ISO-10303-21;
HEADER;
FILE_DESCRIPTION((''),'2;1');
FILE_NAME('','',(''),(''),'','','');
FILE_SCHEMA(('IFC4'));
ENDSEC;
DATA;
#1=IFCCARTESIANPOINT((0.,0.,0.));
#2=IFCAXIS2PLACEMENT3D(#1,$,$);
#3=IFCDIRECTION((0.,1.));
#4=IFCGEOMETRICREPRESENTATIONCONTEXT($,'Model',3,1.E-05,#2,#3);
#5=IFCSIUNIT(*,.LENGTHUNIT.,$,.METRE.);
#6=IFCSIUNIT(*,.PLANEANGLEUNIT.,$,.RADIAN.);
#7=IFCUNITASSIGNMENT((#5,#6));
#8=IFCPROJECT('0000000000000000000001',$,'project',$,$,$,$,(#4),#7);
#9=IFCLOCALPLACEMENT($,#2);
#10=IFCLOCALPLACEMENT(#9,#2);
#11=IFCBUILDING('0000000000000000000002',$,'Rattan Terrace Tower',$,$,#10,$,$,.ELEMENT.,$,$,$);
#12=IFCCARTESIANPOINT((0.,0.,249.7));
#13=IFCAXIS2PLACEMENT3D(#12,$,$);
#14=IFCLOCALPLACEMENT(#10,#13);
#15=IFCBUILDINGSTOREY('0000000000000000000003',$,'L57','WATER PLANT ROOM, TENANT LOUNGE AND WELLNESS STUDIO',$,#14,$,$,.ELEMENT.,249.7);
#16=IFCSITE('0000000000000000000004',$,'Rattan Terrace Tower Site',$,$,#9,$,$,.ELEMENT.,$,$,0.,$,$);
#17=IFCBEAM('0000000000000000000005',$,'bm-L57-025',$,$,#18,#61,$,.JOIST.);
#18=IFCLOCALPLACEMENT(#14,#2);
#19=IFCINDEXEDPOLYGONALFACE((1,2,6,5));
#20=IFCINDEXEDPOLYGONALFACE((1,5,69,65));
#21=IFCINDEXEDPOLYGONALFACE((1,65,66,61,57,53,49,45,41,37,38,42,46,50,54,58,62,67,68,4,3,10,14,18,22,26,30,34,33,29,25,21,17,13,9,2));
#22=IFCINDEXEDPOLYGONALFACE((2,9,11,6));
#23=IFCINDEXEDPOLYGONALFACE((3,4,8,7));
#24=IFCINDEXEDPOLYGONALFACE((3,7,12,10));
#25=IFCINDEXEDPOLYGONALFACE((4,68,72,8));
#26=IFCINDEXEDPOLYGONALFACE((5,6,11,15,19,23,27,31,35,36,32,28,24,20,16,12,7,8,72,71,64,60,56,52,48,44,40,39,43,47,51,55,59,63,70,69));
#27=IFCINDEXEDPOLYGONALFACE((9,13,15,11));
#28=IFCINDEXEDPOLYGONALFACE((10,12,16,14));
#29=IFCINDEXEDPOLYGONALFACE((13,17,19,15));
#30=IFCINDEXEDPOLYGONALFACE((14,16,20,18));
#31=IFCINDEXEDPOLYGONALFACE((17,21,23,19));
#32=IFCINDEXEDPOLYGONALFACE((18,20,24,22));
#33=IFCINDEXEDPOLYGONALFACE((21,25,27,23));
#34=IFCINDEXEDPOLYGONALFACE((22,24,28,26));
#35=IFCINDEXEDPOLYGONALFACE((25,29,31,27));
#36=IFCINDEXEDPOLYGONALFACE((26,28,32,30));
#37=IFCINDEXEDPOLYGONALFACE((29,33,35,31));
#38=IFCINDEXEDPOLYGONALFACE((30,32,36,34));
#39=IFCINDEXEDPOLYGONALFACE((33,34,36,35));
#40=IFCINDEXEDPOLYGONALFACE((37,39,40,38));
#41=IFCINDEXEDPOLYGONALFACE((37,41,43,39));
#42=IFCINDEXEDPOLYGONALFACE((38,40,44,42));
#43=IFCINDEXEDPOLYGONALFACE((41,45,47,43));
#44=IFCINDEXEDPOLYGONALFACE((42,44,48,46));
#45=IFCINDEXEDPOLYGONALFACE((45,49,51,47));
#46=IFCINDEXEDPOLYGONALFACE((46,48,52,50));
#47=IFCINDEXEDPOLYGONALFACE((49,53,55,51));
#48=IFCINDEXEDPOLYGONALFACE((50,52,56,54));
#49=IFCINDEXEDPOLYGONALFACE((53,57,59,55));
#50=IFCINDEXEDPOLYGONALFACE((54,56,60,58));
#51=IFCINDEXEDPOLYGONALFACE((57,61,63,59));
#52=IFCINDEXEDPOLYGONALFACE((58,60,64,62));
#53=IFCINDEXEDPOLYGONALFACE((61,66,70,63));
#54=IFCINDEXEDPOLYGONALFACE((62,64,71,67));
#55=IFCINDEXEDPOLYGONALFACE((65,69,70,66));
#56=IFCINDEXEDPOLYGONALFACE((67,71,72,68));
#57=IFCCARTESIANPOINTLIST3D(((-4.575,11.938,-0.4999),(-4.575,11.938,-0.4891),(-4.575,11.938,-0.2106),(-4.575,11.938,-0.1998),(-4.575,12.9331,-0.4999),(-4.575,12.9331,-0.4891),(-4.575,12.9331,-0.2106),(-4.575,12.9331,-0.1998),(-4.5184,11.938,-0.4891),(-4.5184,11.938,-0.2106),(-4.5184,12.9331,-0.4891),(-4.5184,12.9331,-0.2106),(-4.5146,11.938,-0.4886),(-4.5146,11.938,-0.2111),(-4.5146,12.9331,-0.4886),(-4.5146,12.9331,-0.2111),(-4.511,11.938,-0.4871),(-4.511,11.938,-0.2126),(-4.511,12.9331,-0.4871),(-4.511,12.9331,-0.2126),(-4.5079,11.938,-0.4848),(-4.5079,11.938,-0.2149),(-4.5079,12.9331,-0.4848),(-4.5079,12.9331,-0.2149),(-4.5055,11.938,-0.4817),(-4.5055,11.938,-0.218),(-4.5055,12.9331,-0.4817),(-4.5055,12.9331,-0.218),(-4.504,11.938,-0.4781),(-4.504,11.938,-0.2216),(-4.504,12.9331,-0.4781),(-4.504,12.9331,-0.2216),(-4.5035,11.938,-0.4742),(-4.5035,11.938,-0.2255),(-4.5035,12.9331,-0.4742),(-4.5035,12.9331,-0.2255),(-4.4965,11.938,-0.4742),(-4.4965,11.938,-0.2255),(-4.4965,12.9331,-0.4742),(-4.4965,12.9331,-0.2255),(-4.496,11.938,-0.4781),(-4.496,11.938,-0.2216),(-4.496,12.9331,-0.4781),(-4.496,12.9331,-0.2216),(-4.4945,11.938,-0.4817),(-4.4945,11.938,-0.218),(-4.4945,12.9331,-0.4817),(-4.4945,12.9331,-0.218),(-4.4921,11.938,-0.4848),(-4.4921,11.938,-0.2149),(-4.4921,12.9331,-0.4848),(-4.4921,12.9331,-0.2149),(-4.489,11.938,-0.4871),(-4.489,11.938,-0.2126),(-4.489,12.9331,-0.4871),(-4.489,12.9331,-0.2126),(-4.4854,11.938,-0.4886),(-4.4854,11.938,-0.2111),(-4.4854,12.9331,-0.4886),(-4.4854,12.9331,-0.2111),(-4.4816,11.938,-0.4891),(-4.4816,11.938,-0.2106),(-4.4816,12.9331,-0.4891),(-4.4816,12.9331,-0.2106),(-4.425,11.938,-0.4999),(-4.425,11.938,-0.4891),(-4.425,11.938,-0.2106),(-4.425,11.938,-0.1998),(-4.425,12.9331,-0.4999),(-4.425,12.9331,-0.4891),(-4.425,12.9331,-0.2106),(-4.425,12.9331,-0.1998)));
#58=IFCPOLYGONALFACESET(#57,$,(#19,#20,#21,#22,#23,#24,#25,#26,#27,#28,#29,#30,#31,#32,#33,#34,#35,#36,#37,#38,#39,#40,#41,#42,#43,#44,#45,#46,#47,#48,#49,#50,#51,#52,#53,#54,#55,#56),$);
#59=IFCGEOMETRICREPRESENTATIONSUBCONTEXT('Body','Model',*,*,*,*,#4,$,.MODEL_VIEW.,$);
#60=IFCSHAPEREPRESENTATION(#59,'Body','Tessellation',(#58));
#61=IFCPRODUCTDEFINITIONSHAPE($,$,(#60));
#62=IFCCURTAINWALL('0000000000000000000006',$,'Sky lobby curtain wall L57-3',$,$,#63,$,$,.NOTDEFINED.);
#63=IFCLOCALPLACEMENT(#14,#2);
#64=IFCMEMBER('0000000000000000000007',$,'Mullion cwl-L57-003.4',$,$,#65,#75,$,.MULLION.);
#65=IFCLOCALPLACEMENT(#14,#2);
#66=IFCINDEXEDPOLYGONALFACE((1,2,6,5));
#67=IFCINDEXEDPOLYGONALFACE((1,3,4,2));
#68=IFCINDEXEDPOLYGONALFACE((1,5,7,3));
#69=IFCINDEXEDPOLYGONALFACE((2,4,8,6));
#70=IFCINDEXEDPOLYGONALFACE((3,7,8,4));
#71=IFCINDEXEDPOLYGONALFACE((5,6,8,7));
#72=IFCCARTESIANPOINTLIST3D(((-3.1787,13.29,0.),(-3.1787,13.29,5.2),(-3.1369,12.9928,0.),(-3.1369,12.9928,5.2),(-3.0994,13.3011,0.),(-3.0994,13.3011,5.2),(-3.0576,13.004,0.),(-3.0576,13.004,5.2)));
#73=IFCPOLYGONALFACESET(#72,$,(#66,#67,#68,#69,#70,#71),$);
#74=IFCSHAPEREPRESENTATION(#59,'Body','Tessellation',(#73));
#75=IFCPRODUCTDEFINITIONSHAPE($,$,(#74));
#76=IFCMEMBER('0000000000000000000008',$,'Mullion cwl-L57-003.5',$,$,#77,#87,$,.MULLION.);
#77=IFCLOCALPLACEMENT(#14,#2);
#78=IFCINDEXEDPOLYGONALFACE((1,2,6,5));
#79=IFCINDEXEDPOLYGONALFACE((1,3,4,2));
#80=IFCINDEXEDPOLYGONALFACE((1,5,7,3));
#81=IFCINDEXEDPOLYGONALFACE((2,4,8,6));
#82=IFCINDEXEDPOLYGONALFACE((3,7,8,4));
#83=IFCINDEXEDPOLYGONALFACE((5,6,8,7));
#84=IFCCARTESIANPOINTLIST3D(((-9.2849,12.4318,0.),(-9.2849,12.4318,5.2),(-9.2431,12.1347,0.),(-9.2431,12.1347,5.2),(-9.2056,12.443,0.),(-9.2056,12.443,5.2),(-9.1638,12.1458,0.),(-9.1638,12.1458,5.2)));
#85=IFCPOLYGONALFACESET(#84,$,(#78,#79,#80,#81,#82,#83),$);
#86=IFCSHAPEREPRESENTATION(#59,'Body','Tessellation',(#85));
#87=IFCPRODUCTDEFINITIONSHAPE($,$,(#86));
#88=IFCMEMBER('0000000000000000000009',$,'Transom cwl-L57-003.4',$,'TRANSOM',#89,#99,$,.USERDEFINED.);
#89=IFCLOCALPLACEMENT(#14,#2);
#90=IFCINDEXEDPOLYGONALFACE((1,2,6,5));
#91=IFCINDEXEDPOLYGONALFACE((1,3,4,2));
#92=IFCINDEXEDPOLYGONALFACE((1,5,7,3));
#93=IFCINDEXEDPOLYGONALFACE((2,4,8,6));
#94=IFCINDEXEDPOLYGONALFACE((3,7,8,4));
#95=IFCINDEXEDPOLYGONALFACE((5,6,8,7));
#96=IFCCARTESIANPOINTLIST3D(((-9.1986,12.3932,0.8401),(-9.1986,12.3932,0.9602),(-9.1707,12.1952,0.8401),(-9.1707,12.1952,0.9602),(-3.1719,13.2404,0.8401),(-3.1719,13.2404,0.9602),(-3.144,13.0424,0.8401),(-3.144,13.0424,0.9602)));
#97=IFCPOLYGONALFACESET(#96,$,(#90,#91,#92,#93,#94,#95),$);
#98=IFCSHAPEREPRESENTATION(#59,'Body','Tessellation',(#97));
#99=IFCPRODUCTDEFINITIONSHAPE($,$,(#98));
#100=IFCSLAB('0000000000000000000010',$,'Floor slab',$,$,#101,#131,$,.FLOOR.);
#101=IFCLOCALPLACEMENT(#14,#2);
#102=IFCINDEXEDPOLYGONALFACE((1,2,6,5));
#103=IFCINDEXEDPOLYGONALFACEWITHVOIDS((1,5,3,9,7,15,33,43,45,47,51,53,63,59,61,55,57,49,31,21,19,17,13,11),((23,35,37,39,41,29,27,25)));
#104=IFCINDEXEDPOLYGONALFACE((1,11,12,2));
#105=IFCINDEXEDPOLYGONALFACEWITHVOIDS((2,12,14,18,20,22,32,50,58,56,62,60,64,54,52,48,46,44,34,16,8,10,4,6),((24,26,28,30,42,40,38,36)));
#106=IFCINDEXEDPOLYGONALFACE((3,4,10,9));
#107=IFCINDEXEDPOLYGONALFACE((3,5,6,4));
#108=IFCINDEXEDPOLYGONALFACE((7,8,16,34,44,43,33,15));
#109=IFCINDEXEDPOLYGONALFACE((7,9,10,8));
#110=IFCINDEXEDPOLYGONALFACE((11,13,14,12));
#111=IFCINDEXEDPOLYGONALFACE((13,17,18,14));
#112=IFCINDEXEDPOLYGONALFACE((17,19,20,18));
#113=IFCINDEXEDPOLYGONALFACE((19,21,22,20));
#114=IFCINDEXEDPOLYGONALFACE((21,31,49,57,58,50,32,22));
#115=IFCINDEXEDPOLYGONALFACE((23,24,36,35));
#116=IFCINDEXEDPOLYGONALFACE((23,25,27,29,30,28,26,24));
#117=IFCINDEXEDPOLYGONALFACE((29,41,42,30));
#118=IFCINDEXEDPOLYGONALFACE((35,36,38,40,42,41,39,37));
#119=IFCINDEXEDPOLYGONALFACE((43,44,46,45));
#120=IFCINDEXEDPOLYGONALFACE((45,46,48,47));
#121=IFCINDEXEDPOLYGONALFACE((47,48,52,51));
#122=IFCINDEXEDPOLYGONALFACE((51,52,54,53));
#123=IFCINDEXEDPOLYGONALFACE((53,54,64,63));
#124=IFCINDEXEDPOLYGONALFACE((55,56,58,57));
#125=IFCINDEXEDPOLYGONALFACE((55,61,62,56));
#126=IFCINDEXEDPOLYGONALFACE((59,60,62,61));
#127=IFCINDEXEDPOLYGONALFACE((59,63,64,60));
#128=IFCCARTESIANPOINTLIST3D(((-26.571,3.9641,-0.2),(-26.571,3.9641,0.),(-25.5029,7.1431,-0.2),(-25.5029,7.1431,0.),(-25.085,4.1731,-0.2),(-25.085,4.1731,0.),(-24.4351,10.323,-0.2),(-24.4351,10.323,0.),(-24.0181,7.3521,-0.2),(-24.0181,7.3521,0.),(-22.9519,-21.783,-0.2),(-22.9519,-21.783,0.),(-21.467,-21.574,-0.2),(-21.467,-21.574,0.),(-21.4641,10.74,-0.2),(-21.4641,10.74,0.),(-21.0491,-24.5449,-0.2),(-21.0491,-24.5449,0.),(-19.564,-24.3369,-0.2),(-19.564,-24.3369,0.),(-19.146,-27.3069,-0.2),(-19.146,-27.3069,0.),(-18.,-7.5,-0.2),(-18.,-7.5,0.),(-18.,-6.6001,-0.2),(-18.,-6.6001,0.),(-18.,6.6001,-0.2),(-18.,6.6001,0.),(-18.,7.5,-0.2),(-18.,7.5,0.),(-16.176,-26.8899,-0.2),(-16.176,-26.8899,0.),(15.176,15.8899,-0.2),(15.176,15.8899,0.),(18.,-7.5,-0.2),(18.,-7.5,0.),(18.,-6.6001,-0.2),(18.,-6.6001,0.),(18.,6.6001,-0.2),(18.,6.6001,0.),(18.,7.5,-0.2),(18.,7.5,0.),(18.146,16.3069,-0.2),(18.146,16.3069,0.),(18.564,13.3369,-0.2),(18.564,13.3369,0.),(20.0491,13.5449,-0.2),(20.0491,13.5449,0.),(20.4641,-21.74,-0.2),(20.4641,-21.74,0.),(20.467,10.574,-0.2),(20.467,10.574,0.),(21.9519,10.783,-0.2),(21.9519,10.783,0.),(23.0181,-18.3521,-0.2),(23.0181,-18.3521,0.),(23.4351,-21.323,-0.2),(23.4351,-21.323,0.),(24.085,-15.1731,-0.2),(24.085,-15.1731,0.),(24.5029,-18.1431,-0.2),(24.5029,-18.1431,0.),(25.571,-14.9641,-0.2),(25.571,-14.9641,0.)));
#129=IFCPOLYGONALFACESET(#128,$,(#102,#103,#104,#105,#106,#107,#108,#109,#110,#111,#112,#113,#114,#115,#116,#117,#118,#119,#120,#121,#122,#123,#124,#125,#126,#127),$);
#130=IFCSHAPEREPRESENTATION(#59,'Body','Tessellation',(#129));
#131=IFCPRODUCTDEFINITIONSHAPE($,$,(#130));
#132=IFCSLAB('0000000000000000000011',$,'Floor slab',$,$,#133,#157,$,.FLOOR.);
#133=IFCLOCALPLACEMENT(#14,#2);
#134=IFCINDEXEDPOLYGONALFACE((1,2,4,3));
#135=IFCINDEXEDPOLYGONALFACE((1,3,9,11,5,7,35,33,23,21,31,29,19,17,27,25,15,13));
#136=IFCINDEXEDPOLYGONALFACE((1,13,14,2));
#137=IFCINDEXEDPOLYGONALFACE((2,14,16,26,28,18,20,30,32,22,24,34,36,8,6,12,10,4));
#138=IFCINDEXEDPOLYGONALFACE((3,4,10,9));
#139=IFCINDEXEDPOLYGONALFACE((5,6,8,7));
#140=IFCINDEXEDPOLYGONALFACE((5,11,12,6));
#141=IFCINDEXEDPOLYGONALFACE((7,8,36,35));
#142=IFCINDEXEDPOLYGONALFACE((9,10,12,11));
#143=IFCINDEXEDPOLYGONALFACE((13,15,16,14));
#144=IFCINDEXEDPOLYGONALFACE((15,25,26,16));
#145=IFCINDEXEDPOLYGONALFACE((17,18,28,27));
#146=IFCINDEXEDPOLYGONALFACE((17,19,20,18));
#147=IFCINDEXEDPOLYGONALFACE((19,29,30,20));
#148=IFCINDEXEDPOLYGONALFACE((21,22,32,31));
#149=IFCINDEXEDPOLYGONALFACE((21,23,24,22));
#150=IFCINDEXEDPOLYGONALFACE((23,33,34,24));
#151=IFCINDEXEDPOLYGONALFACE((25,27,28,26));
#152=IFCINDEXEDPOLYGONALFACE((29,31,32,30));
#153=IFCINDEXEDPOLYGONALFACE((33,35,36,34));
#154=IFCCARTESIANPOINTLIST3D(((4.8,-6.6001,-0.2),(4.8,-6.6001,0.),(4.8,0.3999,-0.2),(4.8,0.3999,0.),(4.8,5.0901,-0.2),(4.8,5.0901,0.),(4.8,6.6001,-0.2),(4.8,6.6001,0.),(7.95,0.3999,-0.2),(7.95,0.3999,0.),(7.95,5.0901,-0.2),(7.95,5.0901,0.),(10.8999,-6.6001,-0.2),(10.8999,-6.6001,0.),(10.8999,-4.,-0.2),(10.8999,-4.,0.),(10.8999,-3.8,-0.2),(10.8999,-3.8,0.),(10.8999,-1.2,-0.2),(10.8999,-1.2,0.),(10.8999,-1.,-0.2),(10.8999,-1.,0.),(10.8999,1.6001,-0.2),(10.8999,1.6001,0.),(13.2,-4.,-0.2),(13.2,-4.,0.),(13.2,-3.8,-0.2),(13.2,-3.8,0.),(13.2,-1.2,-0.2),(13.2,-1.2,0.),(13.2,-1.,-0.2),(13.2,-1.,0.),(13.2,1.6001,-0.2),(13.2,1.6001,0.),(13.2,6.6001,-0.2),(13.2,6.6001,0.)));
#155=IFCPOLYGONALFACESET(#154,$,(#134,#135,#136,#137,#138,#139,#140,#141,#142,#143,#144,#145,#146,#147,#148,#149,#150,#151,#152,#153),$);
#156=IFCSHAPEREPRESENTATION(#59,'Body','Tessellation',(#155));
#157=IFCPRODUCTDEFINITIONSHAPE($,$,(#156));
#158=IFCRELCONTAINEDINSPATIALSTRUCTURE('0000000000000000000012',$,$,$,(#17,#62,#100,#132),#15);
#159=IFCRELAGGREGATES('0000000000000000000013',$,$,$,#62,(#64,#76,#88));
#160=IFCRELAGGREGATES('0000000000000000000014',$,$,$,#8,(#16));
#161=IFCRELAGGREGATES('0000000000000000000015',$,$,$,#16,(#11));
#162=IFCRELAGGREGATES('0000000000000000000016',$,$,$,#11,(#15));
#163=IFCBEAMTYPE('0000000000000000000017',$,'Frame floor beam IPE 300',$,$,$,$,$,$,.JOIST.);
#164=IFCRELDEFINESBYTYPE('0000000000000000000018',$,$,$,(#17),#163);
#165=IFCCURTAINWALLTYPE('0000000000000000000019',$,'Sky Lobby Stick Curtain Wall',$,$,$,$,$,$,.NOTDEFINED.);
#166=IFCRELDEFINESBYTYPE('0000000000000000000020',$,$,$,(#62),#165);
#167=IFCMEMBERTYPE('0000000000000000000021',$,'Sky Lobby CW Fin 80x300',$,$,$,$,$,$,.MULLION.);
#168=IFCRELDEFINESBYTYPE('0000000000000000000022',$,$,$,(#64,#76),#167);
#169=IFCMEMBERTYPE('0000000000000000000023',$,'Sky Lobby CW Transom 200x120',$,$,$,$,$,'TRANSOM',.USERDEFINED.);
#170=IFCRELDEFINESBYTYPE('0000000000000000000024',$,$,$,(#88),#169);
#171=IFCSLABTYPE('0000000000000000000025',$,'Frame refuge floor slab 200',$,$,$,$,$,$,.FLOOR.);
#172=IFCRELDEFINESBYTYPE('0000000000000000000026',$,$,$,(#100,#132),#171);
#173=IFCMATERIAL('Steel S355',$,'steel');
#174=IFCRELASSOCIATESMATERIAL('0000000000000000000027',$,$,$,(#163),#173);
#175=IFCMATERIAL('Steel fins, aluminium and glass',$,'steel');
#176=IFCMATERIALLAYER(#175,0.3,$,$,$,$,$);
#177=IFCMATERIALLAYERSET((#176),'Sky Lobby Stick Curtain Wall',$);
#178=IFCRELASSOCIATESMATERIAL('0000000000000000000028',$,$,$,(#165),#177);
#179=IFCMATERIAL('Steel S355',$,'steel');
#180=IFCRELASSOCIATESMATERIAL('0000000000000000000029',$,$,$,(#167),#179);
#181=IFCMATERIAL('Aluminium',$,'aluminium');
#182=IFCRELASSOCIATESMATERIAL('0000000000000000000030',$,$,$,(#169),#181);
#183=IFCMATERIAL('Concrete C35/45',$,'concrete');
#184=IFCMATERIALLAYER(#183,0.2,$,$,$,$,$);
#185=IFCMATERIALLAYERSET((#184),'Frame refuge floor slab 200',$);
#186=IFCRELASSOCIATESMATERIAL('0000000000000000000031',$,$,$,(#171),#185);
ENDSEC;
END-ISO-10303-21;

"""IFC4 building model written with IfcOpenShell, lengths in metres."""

from ifc_helpers import new_model, si_unit, direction, frame, origin, origin_2d, place, context, subcontext, project, spatial, polyline, rectangle, i_section, outline, extrude, material, layer, layer_set, material_profile, profile_set, type_object, element, aggregate, save


model = new_model("IFC4")

# Units and contexts
model_context = context("Model", 3, precision=1e-05, world=origin(), true_north=direction((0.0, 1.0)))
body_context = subcontext(model_context, "Body", "Model", "MODEL_VIEW")
ifc_project = project(units=[si_unit("LENGTHUNIT", "METRE"), si_unit("PLANEANGLEUNIT", "RADIAN")], contexts=[model_context])

# Site, building, storey
site_placement = place(None, origin())
site = spatial("IfcSite", under=ifc_project, at=site_placement, Name="Rattan Terrace Tower Site", CompositionType="ELEMENT", RefElevation=0.0)
building_placement = place(site_placement, origin())
building = spatial("IfcBuilding", under=site, at=building_placement, Name="Rattan Terrace Tower", CompositionType="ELEMENT")
storey_placement = place(building_placement, frame((0.0, 0.0, 249.7)))
storey = spatial("IfcBuildingStorey", under=building, at=storey_placement, Name="L57", Description="WATER PLANT ROOM, TENANT LOUNGE AND WELLNESS STUDIO", CompositionType="ELEMENT", Elevation=249.7)

# Beam
ifc_material_1 = material(Name="Steel S355", Category="steel")
ifc_material_profile_1 = material_profile(ifc_material_1, i_section(OverallWidth=0.1499, OverallDepth=0.3, WebThickness=0.0071, FlangeThickness=0.0107, FilletRadius=0.0149, at=origin_2d()), Name="IPE 300")
ifc_profile_set_1 = profile_set([ifc_material_profile_1], Name="Steel S355")
beam_type = type_object("IfcBeamType", Name="Frame floor beam IPE 300", PredefinedType="JOIST", material=ifc_profile_set_1)
for number, where, z_axis, x_axis, name in (
    (1, (-4.5, 11.938, -0.3499), (0.0, 1.0, 0.0), (-1.0, 0.0, 0.0), "bm-L57-025"),
):
    element("IfcBeam", number, at=place(storey_placement, frame(where, z_axis=z_axis, x_axis=x_axis)), inside=storey, type_object=beam_type, Name=name, PredefinedType="JOIST", context=body_context, shape_type="SweptSolid", body=[
        extrude(i_section(OverallWidth=0.1499, OverallDepth=0.3, WebThickness=0.0071, FlangeThickness=0.0107, FilletRadius=0.0149, at=origin_2d()), origin(), (0.0, 0.0, 1.0), 0.9951),
    ])

# Curtain wall, members
ifc_material_2 = material(Name="Steel fins, aluminium and glass", Category="steel")
ifc_layer_1 = layer(ifc_material_2, 0.3)
ifc_layer_set_1 = layer_set([ifc_layer_1], Name="Sky Lobby Stick Curtain Wall")
curtain_wall_type = type_object("IfcCurtainWallType", Name="Sky Lobby Stick Curtain Wall", PredefinedType="NOTDEFINED", material=ifc_layer_set_1)
curtain_wall_placement = place(storey_placement, origin())
curtain_wall = element("IfcCurtainWall", 2, at=curtain_wall_placement, inside=storey, type_object=curtain_wall_type, Name="Sky lobby curtain wall L57-3", PredefinedType="NOTDEFINED")
ifc_material_3 = material(Name="Steel S355", Category="steel")
ifc_material_profile_2 = material_profile(ifc_material_3, rectangle(XDim=0.0801, YDim=0.3, at=origin_2d()), Name="Steel S355 80x300")
ifc_profile_set_2 = profile_set([ifc_material_profile_2], Name="Steel S355")
member_type_1 = type_object("IfcMemberType", Name="Sky Lobby CW Fin 80x300", PredefinedType="MULLION", material=ifc_profile_set_2)
member_1_placement = place(storey_placement, frame((-3.1182, 13.147, 0.0), z_axis=(0.0, 0.0, 1.0), x_axis=(-0.990266, -0.139189, 0.0)))
member_1 = element("IfcMember", 3, at=member_1_placement, type_object=member_type_1, Name="Mullion cwl-L57-003.4", PredefinedType="MULLION", context=body_context, shape_type="SweptSolid", body=[
    extrude(rectangle(XDim=0.0801, YDim=0.3, at=origin_2d()), origin(), (0.0, 0.0, 1.0), 5.2),
])
member_2_placement = place(storey_placement, frame((-9.2244, 12.2888, 0.0), z_axis=(0.0, 0.0, 1.0), x_axis=(-0.990266, -0.139189, 0.0)))
member_2 = element("IfcMember", 4, at=member_2_placement, type_object=member_type_1, Name="Mullion cwl-L57-003.5", PredefinedType="MULLION", context=body_context, shape_type="SweptSolid", body=[
    extrude(rectangle(XDim=0.0801, YDim=0.3, at=origin_2d()), origin(), (0.0, 0.0, 1.0), 5.2),
])
ifc_material_4 = material(Name="Aluminium", Category="aluminium")
ifc_material_profile_3 = material_profile(ifc_material_4, rectangle(XDim=0.2, YDim=0.1201, at=origin_2d()), Name="Aluminium 200x120")
ifc_profile_set_3 = profile_set([ifc_material_profile_3], Name="Aluminium")
member_type_2 = type_object("IfcMemberType", Name="Sky Lobby CW Transom 200x120", ElementType="TRANSOM", PredefinedType="USERDEFINED", material=ifc_profile_set_3)
member_3_placement = place(storey_placement, frame((-3.158, 13.1414, 0.9001), z_axis=(-0.990264, -0.139203, 0.0), x_axis=(0.139203, -0.990264, 0.0)))
member_3 = element("IfcMember", 5, at=member_3_placement, type_object=member_type_2, Name="Transom cwl-L57-003.4", ObjectType="TRANSOM", PredefinedType="USERDEFINED", context=body_context, shape_type="SweptSolid", body=[
    extrude(rectangle(XDim=0.2, YDim=0.1201, at=origin_2d()), origin(), (0.0, 0.0, 1.0), 6.0859),
])

# Slabs
ifc_material_5 = material(Name="Concrete C35/45", Category="concrete")
ifc_layer_2 = layer(ifc_material_5, 0.2)
ifc_layer_set_2 = layer_set([ifc_layer_2], Name="Frame refuge floor slab 200")
slab_type_1 = type_object("IfcSlabType", Name="Frame refuge floor slab 200", PredefinedType="FLOOR", material=ifc_layer_set_2)
slab_1_placement = place(storey_placement, frame((0.0, 0.0, -0.2)))
element("IfcSlab", 6, at=slab_1_placement, inside=storey, type_object=slab_type_1, Name="Floor slab", PredefinedType="FLOOR", context=body_context, shape_type="SweptSolid", body=[
    extrude(outline(polyline([(-16.176, -26.8899), (20.4641, -21.74), (23.4351, -21.323), (23.0181, -18.3521), (24.5029, -18.1431), (24.085, -15.1731), (25.571, -14.9641), (21.9519, 10.783), (20.467, 10.574), (20.0491, 13.5449), (18.564, 13.3369), (18.146, 16.3069), (15.176, 15.8899), (-21.4641, 10.74), (-24.4351, 10.323), (-24.0181, 7.3521), (-25.5029, 7.1431), (-25.085, 4.1731), (-26.571, 3.9641), (-22.9519, -21.783), (-21.467, -21.574), (-21.0491, -24.5449), (-19.564, -24.3369), (-19.146, -27.3069), (-16.176, -26.8899)]), holes=[polyline([(-18.0, -7.5), (18.0, -7.5), (18.0, -6.6001), (18.0, 6.6001), (18.0, 7.5), (-18.0, 7.5), (-18.0, 6.6001), (-18.0, -6.6001), (-18.0, -7.5)])]), origin(), (0.0, 0.0, 1.0), 0.2),
])
slab_2_placement = place(storey_placement, frame((0.0, 0.0, -0.2)))
element("IfcSlab", 7, at=slab_2_placement, inside=storey, type_object=slab_type_1, Name="Floor slab", PredefinedType="FLOOR", context=body_context, shape_type="SweptSolid", body=[
    extrude(outline(polyline([(13.2, 6.6001), (4.8, 6.6001), (4.8, 5.0901), (7.95, 5.0901), (7.95, 0.3999), (4.8, 0.3999), (4.8, -6.6001), (10.8999, -6.6001), (10.8999, -4.0), (13.2, -4.0), (13.2, -3.8), (10.8999, -3.8), (10.8999, -1.2), (13.2, -1.2), (13.2, -1.0), (10.8999, -1.0), (10.8999, 1.6001), (13.2, 1.6001), (13.2, 6.6001)])), origin(), (0.0, 0.0, 1.0), 0.2),
])

aggregate(curtain_wall, [member_1, member_2, member_3])

save(model, "model.ifc")
